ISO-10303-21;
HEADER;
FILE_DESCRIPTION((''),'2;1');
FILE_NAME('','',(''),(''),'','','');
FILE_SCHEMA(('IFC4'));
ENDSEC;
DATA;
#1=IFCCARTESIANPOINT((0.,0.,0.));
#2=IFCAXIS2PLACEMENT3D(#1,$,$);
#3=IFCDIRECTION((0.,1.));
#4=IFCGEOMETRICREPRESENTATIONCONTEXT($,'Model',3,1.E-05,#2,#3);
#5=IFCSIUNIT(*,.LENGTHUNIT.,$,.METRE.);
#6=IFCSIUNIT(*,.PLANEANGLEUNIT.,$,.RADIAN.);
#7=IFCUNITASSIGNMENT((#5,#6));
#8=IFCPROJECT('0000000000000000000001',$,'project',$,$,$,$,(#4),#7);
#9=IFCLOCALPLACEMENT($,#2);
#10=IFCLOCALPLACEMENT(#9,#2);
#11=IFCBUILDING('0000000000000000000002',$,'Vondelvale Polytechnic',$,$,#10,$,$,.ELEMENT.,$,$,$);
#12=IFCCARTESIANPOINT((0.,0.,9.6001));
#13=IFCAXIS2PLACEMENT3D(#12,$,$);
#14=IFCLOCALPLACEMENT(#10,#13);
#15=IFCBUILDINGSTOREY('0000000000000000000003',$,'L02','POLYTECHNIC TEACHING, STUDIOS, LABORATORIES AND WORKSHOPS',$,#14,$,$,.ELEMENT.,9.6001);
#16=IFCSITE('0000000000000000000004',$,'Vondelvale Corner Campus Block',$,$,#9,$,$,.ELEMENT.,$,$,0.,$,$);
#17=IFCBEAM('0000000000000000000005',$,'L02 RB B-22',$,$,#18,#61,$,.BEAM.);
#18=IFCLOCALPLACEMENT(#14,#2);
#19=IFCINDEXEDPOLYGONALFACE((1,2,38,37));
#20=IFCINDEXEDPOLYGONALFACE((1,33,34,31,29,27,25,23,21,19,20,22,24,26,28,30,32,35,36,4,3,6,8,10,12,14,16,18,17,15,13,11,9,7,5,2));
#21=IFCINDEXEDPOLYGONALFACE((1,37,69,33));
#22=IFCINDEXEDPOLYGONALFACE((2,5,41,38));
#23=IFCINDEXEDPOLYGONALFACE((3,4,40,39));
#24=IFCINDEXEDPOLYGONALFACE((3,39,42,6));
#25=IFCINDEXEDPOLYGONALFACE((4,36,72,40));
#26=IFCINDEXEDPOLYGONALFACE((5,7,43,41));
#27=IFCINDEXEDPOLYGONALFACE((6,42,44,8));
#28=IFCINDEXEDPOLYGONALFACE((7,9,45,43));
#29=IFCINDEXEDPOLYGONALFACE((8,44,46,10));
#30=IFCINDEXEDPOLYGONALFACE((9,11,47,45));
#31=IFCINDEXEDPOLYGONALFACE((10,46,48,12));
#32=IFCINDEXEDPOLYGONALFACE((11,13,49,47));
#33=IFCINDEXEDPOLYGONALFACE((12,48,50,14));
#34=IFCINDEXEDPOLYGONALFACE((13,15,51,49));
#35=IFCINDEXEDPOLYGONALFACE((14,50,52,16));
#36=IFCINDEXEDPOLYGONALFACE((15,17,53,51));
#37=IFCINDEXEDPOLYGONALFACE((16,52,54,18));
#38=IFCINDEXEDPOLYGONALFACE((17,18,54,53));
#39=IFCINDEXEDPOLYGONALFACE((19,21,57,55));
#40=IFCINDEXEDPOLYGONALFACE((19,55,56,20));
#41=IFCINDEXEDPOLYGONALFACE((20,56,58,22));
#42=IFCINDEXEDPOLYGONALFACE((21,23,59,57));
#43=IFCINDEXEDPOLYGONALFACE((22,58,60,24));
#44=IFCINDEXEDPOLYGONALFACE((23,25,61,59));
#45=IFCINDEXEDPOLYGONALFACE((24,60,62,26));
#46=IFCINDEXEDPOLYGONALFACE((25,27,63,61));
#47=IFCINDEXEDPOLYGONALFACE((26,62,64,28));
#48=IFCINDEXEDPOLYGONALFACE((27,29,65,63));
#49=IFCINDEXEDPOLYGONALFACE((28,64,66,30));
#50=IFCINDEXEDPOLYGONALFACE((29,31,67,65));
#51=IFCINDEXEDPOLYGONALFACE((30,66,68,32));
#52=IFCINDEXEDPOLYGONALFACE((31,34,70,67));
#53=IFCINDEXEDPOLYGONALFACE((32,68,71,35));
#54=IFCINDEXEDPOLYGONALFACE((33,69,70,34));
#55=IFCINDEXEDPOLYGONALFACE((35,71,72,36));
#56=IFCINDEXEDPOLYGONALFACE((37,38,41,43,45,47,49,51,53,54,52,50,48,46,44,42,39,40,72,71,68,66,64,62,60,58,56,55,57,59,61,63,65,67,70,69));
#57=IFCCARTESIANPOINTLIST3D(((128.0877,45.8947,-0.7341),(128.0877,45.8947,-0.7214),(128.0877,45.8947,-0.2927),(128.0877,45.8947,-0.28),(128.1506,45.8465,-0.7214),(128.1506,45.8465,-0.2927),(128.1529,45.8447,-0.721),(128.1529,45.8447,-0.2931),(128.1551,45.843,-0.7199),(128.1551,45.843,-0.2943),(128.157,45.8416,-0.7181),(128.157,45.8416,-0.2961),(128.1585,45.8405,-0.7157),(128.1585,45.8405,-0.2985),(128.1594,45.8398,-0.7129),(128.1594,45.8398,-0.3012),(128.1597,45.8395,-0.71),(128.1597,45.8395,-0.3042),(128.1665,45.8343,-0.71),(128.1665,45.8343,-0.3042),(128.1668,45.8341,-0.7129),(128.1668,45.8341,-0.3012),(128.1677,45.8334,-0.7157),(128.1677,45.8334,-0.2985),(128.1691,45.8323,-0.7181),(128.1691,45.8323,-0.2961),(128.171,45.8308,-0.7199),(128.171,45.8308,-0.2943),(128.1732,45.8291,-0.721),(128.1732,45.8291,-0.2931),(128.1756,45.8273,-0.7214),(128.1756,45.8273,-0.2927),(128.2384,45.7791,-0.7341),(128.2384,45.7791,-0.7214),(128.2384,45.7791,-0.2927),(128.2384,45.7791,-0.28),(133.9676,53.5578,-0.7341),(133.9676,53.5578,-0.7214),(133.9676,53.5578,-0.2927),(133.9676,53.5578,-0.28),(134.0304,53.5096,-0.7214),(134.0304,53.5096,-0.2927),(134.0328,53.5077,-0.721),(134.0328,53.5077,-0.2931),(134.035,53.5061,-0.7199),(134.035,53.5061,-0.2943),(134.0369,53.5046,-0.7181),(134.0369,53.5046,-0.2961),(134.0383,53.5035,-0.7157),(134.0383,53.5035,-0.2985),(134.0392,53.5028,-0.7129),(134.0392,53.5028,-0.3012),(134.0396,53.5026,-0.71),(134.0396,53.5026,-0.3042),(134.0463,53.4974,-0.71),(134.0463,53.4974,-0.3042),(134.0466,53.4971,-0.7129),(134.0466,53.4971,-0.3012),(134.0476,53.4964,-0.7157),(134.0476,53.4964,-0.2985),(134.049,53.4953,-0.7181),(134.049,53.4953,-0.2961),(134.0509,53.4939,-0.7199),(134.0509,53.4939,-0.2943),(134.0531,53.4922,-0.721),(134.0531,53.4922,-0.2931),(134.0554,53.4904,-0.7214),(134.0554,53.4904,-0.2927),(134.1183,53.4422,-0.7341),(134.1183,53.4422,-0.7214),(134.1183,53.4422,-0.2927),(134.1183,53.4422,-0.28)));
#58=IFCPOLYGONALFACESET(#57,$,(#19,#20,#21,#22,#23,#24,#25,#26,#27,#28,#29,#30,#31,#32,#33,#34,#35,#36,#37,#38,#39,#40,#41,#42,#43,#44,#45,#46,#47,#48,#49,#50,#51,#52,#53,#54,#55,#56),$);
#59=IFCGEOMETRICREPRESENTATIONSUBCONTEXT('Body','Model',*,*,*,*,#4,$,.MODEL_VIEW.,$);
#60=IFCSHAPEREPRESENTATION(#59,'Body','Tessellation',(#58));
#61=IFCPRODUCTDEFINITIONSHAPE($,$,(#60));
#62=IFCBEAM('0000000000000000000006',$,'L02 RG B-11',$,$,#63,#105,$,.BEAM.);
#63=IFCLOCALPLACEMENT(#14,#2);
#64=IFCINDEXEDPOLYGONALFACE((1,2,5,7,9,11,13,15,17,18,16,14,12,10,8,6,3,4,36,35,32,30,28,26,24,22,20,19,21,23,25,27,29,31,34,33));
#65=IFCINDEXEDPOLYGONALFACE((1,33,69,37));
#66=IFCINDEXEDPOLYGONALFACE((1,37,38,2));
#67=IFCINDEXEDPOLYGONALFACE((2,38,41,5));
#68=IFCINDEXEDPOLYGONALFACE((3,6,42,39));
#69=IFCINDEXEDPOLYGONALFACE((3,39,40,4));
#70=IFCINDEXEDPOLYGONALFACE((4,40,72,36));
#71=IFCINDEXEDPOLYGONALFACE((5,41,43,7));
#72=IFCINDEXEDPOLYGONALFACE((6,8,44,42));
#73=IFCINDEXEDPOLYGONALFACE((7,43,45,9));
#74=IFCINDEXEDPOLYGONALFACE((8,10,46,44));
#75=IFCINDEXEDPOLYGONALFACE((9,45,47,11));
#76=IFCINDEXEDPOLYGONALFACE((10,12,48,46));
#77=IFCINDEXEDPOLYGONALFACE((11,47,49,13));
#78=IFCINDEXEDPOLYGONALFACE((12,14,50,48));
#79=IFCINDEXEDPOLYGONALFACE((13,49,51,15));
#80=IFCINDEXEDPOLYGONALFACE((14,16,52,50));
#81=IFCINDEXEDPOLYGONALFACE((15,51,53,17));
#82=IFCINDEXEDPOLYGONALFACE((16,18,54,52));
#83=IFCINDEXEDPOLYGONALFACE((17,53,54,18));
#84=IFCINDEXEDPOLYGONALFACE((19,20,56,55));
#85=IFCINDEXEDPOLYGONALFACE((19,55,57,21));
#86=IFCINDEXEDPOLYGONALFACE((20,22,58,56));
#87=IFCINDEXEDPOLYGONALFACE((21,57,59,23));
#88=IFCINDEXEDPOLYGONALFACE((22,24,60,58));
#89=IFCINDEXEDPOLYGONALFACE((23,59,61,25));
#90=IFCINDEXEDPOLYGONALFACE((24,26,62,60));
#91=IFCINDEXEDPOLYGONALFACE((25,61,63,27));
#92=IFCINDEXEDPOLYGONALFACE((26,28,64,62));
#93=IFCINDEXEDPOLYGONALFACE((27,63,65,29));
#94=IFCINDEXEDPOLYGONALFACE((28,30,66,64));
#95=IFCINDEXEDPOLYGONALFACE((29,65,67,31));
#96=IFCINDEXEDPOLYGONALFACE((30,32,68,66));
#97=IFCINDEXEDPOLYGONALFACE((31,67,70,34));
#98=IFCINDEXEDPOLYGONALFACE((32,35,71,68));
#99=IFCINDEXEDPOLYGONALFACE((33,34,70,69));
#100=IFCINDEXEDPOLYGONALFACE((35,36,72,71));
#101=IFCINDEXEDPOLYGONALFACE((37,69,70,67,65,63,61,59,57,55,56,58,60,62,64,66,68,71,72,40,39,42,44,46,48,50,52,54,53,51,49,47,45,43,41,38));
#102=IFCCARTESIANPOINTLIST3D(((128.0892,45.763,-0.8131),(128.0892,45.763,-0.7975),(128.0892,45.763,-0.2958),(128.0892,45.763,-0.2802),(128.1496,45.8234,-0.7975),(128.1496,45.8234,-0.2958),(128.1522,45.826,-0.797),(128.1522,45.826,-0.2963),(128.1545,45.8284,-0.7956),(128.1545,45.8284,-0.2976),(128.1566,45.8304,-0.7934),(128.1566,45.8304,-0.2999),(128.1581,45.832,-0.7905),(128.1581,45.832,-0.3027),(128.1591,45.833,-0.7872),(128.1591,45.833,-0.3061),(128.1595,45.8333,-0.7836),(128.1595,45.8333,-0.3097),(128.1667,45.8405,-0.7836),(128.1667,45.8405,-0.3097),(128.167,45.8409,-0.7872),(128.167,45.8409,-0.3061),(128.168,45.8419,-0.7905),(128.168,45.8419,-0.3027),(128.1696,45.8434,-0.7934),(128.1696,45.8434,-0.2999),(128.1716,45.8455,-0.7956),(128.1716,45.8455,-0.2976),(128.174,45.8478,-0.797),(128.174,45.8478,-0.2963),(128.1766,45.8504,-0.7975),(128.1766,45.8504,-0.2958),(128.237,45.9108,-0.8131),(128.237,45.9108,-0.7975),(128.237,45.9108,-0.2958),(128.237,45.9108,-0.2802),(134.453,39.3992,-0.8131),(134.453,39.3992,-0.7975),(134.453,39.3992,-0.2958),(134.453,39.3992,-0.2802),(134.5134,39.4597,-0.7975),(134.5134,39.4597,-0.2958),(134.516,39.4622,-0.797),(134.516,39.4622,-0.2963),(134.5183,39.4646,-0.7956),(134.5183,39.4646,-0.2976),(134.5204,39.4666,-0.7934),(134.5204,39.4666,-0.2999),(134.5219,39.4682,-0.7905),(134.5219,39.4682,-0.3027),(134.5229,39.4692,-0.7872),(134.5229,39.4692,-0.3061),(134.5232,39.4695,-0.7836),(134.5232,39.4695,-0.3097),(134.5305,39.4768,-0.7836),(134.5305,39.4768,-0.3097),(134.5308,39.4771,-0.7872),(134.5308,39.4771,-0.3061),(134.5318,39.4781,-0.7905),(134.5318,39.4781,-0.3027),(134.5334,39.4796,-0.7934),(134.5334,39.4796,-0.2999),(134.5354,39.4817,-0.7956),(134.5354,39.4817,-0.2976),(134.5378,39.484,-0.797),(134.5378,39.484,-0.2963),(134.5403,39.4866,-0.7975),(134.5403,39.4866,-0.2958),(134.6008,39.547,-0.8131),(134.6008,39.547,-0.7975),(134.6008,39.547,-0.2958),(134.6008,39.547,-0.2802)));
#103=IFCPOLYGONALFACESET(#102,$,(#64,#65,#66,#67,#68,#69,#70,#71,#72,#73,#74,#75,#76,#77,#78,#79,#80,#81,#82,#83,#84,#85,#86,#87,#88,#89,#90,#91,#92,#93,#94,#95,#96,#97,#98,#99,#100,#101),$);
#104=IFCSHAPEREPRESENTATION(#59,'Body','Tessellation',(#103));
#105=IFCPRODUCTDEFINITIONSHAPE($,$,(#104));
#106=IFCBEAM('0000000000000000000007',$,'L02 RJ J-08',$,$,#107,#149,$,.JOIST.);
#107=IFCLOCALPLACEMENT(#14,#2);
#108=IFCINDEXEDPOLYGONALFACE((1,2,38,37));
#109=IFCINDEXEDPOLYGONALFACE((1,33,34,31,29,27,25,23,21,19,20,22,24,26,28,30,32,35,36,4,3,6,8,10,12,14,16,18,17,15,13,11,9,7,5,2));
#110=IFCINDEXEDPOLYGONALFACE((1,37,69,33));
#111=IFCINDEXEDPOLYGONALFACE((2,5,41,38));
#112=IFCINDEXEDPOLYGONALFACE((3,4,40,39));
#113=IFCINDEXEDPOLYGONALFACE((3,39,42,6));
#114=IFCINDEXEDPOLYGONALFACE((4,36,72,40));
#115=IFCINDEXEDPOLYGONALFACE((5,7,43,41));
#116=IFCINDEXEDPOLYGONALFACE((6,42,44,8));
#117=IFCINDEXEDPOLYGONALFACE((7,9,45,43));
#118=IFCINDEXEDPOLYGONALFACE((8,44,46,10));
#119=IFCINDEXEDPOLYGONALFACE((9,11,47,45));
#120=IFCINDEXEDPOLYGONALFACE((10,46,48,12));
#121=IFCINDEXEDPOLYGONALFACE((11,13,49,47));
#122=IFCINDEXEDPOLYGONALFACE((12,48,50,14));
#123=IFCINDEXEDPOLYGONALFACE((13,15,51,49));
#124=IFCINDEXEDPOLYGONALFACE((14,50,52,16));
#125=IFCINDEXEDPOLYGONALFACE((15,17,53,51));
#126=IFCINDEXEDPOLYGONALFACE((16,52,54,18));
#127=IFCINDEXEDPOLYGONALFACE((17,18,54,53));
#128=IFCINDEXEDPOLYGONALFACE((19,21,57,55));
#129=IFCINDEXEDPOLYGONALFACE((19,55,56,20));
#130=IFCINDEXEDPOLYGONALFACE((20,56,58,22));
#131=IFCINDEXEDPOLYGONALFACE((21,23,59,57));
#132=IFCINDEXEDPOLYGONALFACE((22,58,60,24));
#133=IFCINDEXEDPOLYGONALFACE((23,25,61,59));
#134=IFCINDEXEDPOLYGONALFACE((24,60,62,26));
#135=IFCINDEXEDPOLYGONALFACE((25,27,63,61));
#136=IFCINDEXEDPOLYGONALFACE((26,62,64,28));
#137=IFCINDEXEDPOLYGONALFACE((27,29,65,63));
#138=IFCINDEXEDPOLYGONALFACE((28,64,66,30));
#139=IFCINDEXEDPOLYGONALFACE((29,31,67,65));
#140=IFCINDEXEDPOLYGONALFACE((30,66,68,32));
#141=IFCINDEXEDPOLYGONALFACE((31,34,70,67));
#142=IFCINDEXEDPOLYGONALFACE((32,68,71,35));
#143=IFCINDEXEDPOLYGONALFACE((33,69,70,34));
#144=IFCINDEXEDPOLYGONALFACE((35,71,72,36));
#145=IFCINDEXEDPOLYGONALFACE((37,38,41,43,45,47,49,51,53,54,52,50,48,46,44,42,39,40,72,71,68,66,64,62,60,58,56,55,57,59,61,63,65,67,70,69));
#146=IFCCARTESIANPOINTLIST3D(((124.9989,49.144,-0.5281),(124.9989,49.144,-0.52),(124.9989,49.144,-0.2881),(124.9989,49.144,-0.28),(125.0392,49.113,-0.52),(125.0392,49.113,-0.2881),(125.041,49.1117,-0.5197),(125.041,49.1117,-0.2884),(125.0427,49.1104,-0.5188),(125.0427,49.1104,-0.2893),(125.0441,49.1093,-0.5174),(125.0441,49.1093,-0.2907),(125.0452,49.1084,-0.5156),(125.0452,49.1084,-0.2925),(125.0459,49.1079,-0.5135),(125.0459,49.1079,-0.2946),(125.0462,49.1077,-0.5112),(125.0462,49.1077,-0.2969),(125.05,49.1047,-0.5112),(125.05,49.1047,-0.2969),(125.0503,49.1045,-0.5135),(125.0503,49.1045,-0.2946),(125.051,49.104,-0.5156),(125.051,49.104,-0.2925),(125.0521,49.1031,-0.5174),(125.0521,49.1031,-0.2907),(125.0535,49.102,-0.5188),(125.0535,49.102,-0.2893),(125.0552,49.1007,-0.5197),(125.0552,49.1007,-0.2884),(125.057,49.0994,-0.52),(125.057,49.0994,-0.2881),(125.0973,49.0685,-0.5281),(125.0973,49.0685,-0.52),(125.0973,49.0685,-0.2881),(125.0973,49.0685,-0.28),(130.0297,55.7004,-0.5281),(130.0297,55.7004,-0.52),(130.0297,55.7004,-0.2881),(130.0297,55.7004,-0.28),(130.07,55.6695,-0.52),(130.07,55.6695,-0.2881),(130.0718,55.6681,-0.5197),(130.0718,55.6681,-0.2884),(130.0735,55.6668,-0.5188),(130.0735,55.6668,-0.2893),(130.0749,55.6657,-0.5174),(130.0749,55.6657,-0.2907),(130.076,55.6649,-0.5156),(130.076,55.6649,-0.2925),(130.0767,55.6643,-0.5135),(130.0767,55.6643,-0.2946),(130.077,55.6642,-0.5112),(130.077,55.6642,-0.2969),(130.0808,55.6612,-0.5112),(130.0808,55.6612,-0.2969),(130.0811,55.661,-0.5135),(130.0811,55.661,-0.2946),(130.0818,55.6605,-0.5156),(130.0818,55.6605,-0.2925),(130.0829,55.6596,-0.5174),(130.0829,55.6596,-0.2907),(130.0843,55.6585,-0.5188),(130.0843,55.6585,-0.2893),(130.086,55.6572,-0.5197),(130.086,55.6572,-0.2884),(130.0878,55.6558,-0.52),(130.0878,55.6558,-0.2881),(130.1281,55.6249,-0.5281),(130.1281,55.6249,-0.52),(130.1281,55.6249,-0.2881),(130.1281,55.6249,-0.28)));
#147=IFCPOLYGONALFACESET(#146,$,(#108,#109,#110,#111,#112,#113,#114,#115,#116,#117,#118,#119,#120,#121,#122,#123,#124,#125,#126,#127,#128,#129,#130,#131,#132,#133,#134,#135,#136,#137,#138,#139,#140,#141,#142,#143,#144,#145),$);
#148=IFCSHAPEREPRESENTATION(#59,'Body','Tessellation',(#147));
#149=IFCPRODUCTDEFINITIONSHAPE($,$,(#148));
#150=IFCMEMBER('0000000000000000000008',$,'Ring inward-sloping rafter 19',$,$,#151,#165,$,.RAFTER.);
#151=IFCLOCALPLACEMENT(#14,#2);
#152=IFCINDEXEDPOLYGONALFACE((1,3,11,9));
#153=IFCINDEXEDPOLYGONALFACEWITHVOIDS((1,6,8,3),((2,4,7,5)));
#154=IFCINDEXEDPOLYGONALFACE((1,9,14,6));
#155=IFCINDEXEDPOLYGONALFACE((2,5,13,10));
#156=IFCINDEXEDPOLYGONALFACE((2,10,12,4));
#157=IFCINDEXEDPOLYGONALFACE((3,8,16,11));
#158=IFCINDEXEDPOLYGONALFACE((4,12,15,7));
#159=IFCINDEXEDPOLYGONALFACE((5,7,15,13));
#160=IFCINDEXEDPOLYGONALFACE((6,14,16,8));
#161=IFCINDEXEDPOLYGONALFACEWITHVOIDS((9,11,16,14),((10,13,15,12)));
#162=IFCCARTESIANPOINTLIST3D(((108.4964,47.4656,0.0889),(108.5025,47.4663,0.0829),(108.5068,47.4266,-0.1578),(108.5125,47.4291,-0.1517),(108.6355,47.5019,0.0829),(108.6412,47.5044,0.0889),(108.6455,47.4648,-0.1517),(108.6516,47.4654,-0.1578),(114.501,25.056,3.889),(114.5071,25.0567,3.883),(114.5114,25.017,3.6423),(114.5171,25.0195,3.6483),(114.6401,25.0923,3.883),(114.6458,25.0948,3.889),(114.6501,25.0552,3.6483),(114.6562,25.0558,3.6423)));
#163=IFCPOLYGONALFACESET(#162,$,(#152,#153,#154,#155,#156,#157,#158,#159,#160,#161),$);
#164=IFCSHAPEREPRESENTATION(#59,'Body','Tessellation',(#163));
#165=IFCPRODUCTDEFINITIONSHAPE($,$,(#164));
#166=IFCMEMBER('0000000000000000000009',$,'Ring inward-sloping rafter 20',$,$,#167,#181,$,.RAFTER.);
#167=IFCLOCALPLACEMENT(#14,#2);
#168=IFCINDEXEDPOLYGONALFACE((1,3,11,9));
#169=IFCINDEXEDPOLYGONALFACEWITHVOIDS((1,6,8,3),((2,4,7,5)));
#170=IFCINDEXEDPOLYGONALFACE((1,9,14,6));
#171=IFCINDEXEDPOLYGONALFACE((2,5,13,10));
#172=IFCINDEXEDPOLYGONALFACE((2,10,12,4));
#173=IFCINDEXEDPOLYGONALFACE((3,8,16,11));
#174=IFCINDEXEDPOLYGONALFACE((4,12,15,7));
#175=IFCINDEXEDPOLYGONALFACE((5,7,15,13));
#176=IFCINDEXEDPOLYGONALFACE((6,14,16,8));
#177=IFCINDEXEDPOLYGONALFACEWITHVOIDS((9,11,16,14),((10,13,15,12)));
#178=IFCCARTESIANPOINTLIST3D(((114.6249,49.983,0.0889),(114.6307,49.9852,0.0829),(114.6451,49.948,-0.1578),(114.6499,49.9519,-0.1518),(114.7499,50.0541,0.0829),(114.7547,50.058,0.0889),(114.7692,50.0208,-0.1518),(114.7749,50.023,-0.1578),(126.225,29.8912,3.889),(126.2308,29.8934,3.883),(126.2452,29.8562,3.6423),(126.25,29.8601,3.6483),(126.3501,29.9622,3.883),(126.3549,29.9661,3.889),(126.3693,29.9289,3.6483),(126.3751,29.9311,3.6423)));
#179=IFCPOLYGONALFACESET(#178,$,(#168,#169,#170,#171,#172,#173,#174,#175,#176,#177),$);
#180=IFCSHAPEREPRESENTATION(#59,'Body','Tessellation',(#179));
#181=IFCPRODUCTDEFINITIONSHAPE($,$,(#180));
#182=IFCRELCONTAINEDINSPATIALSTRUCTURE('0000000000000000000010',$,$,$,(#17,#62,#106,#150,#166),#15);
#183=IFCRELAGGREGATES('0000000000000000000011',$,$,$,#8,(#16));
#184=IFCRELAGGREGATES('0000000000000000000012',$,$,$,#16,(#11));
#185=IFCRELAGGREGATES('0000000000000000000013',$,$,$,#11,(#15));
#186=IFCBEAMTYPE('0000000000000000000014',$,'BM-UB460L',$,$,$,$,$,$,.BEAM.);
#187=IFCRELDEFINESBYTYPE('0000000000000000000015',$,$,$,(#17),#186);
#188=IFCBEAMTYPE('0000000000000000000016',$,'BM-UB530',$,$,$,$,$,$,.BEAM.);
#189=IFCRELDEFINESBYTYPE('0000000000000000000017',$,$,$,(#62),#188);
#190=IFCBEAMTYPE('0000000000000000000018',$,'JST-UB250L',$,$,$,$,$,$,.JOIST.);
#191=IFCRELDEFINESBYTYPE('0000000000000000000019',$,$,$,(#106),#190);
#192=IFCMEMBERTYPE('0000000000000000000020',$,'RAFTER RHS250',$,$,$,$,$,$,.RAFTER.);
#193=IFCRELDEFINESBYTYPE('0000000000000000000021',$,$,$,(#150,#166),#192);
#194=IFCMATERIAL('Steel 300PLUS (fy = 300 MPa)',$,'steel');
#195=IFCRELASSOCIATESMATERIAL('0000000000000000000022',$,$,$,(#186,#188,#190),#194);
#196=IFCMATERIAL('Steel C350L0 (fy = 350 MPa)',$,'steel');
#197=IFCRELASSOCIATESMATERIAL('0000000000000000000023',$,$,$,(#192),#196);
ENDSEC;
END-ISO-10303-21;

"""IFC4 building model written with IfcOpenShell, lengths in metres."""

from ifc_helpers import new_model, si_unit, direction, frame, origin, origin_2d, place, context, subcontext, project, spatial, hollow_rectangle, i_section, extrude, material, material_profile, profile_set, type_object, element, save


model = new_model("IFC4")

# Units and contexts
model_context = context("Model", 3, precision=1e-05, world=origin(), true_north=direction((0.0, 1.0)))
body_context = subcontext(model_context, "Body", "Model", "MODEL_VIEW")
ifc_project = project(units=[si_unit("LENGTHUNIT", "METRE"), si_unit("PLANEANGLEUNIT", "RADIAN")], contexts=[model_context])

# Site, building, storey
site_placement = place(None, origin())
site = spatial("IfcSite", under=ifc_project, at=site_placement, Name="Vondelvale Corner Campus Block", CompositionType="ELEMENT", RefElevation=0.0)
building_placement = place(site_placement, origin())
building = spatial("IfcBuilding", under=site, at=building_placement, Name="Vondelvale Polytechnic", CompositionType="ELEMENT")
storey_placement = place(building_placement, frame((0.0, 0.0, 9.6001)))
storey = spatial("IfcBuildingStorey", under=building, at=storey_placement, Name="L02", Description="POLYTECHNIC TEACHING, STUDIOS, LABORATORIES AND WORKSHOPS", CompositionType="ELEMENT", Elevation=9.6001)

# Shared definitions
ifc_material_1 = material(Name="Steel 300PLUS (fy = 300 MPa)", Category="steel")

# Beams
ifc_material_profile_1 = material_profile(ifc_material_1, i_section(OverallWidth=0.1899, OverallDepth=0.4541, WebThickness=0.0085, FlangeThickness=0.0127, FilletRadius=0.0115, at=origin_2d()), Name="460UB67.1")
ifc_profile_set_1 = profile_set([ifc_material_profile_1], Name="Steel 300PLUS (fy = 300 MPa)")
beam_type_1 = type_object("IfcBeamType", Name="BM-UB460L", PredefinedType="BEAM", material=ifc_profile_set_1)
beam_1_placement = place(storey_placement, frame((128.1631, 45.8369, -0.5071), z_axis=(0.608748, 0.793364, 0.0), x_axis=(-0.793364, 0.608748, 0.0)))
element("IfcBeam", 1, at=beam_1_placement, inside=storey, type_object=beam_type_1, Name="L02 RB B-22", PredefinedType="BEAM", context=body_context, shape_type="SweptSolid", body=[
    extrude(i_section(OverallWidth=0.1899, OverallDepth=0.4541, WebThickness=0.0085, FlangeThickness=0.0127, FilletRadius=0.0115, at=origin_2d()), origin(), (0.0, 0.0, 1.0), 9.6589),
])
ifc_material_profile_2 = material_profile(ifc_material_1, i_section(OverallWidth=0.209, OverallDepth=0.533, WebThickness=0.0103, FlangeThickness=0.0156, FilletRadius=0.0139, at=origin_2d()), Name="530UB92.4")
ifc_profile_set_2 = profile_set([ifc_material_profile_2], Name="Steel 300PLUS (fy = 300 MPa)")
beam_type_2 = type_object("IfcBeamType", Name="BM-UB530", PredefinedType="BEAM", material=ifc_profile_set_2)
beam_2_placement = place(storey_placement, frame((128.1631, 45.8369, -0.5466), z_axis=(0.707107, -0.707107, 0.0), x_axis=(0.707107, 0.707107, 0.0)))
element("IfcBeam", 2, at=beam_2_placement, inside=storey, type_object=beam_type_2, Name="L02 RG B-11", PredefinedType="BEAM", context=body_context, shape_type="SweptSolid", body=[
    extrude(i_section(OverallWidth=0.209, OverallDepth=0.533, WebThickness=0.0103, FlangeThickness=0.0156, FilletRadius=0.0139, at=origin_2d()), origin(), (0.0, 0.0, 1.0), 8.9998),
])
ifc_material_profile_3 = material_profile(ifc_material_1, i_section(OverallWidth=0.124, OverallDepth=0.248, WebThickness=0.0049, FlangeThickness=0.0081, FilletRadius=0.0088, at=origin_2d()), Name="250UB25.7")
ifc_profile_set_3 = profile_set([ifc_material_profile_3], Name="Steel 300PLUS (fy = 300 MPa)")
beam_type_3 = type_object("IfcBeamType", Name="JST-UB250L", PredefinedType="JOIST", material=ifc_profile_set_3)
beam_3_placement = place(storey_placement, frame((125.0481, 49.1062, -0.4041), z_axis=(0.608751, 0.793361, 0.0), x_axis=(-0.793361, 0.608751, 0.0)))
element("IfcBeam", 3, at=beam_3_placement, inside=storey, type_object=beam_type_3, Name="L02 RJ J-08", PredefinedType="JOIST", context=body_context, shape_type="SweptSolid", body=[
    extrude(i_section(OverallWidth=0.124, OverallDepth=0.248, WebThickness=0.0049, FlangeThickness=0.0081, FilletRadius=0.0088, at=origin_2d()), origin(), (0.0, 0.0, 1.0), 8.2642),
])

# Members
ifc_material_2 = material(Name="Steel C350L0 (fy = 350 MPa)", Category="steel")
ifc_material_profile_4 = material_profile(ifc_material_2, hollow_rectangle(XDim=0.1499, YDim=0.25, WallThickness=0.0061, at=origin_2d()), Name="250x150x6.0RHS")
ifc_profile_set_4 = profile_set([ifc_material_profile_4], Name="Steel C350L0 (fy = 350 MPa)")
member_type_1 = type_object("IfcMemberType", Name="RAFTER RHS250", PredefinedType="RAFTER", material=ifc_profile_set_4)
for number, where, z_axis, x_axis, name in (
    (4, (114.5786, 25.0559, 3.7656), (-0.255415, 0.953224, -0.16164), (-0.965926, -0.258818, 0.0), "Ring inward-sloping rafter 19"),
    (5, (126.3, 29.9111, 3.7656), (-0.493428, 0.854635, -0.161641), (-0.866024, -0.500003, 0.0), "Ring inward-sloping rafter 20"),
):
    element("IfcMember", number, at=place(storey_placement, frame(where, z_axis=z_axis, x_axis=x_axis)), inside=storey, type_object=member_type_1, Name=name, PredefinedType="RAFTER", context=body_context, shape_type="SweptSolid", body=[
        extrude(hollow_rectangle(XDim=0.1499, YDim=0.25, WallThickness=0.0061, at=origin_2d()), origin(), (0.0, 0.0, 1.0), 23.5093),
    ])

save(model, "model.ifc")
